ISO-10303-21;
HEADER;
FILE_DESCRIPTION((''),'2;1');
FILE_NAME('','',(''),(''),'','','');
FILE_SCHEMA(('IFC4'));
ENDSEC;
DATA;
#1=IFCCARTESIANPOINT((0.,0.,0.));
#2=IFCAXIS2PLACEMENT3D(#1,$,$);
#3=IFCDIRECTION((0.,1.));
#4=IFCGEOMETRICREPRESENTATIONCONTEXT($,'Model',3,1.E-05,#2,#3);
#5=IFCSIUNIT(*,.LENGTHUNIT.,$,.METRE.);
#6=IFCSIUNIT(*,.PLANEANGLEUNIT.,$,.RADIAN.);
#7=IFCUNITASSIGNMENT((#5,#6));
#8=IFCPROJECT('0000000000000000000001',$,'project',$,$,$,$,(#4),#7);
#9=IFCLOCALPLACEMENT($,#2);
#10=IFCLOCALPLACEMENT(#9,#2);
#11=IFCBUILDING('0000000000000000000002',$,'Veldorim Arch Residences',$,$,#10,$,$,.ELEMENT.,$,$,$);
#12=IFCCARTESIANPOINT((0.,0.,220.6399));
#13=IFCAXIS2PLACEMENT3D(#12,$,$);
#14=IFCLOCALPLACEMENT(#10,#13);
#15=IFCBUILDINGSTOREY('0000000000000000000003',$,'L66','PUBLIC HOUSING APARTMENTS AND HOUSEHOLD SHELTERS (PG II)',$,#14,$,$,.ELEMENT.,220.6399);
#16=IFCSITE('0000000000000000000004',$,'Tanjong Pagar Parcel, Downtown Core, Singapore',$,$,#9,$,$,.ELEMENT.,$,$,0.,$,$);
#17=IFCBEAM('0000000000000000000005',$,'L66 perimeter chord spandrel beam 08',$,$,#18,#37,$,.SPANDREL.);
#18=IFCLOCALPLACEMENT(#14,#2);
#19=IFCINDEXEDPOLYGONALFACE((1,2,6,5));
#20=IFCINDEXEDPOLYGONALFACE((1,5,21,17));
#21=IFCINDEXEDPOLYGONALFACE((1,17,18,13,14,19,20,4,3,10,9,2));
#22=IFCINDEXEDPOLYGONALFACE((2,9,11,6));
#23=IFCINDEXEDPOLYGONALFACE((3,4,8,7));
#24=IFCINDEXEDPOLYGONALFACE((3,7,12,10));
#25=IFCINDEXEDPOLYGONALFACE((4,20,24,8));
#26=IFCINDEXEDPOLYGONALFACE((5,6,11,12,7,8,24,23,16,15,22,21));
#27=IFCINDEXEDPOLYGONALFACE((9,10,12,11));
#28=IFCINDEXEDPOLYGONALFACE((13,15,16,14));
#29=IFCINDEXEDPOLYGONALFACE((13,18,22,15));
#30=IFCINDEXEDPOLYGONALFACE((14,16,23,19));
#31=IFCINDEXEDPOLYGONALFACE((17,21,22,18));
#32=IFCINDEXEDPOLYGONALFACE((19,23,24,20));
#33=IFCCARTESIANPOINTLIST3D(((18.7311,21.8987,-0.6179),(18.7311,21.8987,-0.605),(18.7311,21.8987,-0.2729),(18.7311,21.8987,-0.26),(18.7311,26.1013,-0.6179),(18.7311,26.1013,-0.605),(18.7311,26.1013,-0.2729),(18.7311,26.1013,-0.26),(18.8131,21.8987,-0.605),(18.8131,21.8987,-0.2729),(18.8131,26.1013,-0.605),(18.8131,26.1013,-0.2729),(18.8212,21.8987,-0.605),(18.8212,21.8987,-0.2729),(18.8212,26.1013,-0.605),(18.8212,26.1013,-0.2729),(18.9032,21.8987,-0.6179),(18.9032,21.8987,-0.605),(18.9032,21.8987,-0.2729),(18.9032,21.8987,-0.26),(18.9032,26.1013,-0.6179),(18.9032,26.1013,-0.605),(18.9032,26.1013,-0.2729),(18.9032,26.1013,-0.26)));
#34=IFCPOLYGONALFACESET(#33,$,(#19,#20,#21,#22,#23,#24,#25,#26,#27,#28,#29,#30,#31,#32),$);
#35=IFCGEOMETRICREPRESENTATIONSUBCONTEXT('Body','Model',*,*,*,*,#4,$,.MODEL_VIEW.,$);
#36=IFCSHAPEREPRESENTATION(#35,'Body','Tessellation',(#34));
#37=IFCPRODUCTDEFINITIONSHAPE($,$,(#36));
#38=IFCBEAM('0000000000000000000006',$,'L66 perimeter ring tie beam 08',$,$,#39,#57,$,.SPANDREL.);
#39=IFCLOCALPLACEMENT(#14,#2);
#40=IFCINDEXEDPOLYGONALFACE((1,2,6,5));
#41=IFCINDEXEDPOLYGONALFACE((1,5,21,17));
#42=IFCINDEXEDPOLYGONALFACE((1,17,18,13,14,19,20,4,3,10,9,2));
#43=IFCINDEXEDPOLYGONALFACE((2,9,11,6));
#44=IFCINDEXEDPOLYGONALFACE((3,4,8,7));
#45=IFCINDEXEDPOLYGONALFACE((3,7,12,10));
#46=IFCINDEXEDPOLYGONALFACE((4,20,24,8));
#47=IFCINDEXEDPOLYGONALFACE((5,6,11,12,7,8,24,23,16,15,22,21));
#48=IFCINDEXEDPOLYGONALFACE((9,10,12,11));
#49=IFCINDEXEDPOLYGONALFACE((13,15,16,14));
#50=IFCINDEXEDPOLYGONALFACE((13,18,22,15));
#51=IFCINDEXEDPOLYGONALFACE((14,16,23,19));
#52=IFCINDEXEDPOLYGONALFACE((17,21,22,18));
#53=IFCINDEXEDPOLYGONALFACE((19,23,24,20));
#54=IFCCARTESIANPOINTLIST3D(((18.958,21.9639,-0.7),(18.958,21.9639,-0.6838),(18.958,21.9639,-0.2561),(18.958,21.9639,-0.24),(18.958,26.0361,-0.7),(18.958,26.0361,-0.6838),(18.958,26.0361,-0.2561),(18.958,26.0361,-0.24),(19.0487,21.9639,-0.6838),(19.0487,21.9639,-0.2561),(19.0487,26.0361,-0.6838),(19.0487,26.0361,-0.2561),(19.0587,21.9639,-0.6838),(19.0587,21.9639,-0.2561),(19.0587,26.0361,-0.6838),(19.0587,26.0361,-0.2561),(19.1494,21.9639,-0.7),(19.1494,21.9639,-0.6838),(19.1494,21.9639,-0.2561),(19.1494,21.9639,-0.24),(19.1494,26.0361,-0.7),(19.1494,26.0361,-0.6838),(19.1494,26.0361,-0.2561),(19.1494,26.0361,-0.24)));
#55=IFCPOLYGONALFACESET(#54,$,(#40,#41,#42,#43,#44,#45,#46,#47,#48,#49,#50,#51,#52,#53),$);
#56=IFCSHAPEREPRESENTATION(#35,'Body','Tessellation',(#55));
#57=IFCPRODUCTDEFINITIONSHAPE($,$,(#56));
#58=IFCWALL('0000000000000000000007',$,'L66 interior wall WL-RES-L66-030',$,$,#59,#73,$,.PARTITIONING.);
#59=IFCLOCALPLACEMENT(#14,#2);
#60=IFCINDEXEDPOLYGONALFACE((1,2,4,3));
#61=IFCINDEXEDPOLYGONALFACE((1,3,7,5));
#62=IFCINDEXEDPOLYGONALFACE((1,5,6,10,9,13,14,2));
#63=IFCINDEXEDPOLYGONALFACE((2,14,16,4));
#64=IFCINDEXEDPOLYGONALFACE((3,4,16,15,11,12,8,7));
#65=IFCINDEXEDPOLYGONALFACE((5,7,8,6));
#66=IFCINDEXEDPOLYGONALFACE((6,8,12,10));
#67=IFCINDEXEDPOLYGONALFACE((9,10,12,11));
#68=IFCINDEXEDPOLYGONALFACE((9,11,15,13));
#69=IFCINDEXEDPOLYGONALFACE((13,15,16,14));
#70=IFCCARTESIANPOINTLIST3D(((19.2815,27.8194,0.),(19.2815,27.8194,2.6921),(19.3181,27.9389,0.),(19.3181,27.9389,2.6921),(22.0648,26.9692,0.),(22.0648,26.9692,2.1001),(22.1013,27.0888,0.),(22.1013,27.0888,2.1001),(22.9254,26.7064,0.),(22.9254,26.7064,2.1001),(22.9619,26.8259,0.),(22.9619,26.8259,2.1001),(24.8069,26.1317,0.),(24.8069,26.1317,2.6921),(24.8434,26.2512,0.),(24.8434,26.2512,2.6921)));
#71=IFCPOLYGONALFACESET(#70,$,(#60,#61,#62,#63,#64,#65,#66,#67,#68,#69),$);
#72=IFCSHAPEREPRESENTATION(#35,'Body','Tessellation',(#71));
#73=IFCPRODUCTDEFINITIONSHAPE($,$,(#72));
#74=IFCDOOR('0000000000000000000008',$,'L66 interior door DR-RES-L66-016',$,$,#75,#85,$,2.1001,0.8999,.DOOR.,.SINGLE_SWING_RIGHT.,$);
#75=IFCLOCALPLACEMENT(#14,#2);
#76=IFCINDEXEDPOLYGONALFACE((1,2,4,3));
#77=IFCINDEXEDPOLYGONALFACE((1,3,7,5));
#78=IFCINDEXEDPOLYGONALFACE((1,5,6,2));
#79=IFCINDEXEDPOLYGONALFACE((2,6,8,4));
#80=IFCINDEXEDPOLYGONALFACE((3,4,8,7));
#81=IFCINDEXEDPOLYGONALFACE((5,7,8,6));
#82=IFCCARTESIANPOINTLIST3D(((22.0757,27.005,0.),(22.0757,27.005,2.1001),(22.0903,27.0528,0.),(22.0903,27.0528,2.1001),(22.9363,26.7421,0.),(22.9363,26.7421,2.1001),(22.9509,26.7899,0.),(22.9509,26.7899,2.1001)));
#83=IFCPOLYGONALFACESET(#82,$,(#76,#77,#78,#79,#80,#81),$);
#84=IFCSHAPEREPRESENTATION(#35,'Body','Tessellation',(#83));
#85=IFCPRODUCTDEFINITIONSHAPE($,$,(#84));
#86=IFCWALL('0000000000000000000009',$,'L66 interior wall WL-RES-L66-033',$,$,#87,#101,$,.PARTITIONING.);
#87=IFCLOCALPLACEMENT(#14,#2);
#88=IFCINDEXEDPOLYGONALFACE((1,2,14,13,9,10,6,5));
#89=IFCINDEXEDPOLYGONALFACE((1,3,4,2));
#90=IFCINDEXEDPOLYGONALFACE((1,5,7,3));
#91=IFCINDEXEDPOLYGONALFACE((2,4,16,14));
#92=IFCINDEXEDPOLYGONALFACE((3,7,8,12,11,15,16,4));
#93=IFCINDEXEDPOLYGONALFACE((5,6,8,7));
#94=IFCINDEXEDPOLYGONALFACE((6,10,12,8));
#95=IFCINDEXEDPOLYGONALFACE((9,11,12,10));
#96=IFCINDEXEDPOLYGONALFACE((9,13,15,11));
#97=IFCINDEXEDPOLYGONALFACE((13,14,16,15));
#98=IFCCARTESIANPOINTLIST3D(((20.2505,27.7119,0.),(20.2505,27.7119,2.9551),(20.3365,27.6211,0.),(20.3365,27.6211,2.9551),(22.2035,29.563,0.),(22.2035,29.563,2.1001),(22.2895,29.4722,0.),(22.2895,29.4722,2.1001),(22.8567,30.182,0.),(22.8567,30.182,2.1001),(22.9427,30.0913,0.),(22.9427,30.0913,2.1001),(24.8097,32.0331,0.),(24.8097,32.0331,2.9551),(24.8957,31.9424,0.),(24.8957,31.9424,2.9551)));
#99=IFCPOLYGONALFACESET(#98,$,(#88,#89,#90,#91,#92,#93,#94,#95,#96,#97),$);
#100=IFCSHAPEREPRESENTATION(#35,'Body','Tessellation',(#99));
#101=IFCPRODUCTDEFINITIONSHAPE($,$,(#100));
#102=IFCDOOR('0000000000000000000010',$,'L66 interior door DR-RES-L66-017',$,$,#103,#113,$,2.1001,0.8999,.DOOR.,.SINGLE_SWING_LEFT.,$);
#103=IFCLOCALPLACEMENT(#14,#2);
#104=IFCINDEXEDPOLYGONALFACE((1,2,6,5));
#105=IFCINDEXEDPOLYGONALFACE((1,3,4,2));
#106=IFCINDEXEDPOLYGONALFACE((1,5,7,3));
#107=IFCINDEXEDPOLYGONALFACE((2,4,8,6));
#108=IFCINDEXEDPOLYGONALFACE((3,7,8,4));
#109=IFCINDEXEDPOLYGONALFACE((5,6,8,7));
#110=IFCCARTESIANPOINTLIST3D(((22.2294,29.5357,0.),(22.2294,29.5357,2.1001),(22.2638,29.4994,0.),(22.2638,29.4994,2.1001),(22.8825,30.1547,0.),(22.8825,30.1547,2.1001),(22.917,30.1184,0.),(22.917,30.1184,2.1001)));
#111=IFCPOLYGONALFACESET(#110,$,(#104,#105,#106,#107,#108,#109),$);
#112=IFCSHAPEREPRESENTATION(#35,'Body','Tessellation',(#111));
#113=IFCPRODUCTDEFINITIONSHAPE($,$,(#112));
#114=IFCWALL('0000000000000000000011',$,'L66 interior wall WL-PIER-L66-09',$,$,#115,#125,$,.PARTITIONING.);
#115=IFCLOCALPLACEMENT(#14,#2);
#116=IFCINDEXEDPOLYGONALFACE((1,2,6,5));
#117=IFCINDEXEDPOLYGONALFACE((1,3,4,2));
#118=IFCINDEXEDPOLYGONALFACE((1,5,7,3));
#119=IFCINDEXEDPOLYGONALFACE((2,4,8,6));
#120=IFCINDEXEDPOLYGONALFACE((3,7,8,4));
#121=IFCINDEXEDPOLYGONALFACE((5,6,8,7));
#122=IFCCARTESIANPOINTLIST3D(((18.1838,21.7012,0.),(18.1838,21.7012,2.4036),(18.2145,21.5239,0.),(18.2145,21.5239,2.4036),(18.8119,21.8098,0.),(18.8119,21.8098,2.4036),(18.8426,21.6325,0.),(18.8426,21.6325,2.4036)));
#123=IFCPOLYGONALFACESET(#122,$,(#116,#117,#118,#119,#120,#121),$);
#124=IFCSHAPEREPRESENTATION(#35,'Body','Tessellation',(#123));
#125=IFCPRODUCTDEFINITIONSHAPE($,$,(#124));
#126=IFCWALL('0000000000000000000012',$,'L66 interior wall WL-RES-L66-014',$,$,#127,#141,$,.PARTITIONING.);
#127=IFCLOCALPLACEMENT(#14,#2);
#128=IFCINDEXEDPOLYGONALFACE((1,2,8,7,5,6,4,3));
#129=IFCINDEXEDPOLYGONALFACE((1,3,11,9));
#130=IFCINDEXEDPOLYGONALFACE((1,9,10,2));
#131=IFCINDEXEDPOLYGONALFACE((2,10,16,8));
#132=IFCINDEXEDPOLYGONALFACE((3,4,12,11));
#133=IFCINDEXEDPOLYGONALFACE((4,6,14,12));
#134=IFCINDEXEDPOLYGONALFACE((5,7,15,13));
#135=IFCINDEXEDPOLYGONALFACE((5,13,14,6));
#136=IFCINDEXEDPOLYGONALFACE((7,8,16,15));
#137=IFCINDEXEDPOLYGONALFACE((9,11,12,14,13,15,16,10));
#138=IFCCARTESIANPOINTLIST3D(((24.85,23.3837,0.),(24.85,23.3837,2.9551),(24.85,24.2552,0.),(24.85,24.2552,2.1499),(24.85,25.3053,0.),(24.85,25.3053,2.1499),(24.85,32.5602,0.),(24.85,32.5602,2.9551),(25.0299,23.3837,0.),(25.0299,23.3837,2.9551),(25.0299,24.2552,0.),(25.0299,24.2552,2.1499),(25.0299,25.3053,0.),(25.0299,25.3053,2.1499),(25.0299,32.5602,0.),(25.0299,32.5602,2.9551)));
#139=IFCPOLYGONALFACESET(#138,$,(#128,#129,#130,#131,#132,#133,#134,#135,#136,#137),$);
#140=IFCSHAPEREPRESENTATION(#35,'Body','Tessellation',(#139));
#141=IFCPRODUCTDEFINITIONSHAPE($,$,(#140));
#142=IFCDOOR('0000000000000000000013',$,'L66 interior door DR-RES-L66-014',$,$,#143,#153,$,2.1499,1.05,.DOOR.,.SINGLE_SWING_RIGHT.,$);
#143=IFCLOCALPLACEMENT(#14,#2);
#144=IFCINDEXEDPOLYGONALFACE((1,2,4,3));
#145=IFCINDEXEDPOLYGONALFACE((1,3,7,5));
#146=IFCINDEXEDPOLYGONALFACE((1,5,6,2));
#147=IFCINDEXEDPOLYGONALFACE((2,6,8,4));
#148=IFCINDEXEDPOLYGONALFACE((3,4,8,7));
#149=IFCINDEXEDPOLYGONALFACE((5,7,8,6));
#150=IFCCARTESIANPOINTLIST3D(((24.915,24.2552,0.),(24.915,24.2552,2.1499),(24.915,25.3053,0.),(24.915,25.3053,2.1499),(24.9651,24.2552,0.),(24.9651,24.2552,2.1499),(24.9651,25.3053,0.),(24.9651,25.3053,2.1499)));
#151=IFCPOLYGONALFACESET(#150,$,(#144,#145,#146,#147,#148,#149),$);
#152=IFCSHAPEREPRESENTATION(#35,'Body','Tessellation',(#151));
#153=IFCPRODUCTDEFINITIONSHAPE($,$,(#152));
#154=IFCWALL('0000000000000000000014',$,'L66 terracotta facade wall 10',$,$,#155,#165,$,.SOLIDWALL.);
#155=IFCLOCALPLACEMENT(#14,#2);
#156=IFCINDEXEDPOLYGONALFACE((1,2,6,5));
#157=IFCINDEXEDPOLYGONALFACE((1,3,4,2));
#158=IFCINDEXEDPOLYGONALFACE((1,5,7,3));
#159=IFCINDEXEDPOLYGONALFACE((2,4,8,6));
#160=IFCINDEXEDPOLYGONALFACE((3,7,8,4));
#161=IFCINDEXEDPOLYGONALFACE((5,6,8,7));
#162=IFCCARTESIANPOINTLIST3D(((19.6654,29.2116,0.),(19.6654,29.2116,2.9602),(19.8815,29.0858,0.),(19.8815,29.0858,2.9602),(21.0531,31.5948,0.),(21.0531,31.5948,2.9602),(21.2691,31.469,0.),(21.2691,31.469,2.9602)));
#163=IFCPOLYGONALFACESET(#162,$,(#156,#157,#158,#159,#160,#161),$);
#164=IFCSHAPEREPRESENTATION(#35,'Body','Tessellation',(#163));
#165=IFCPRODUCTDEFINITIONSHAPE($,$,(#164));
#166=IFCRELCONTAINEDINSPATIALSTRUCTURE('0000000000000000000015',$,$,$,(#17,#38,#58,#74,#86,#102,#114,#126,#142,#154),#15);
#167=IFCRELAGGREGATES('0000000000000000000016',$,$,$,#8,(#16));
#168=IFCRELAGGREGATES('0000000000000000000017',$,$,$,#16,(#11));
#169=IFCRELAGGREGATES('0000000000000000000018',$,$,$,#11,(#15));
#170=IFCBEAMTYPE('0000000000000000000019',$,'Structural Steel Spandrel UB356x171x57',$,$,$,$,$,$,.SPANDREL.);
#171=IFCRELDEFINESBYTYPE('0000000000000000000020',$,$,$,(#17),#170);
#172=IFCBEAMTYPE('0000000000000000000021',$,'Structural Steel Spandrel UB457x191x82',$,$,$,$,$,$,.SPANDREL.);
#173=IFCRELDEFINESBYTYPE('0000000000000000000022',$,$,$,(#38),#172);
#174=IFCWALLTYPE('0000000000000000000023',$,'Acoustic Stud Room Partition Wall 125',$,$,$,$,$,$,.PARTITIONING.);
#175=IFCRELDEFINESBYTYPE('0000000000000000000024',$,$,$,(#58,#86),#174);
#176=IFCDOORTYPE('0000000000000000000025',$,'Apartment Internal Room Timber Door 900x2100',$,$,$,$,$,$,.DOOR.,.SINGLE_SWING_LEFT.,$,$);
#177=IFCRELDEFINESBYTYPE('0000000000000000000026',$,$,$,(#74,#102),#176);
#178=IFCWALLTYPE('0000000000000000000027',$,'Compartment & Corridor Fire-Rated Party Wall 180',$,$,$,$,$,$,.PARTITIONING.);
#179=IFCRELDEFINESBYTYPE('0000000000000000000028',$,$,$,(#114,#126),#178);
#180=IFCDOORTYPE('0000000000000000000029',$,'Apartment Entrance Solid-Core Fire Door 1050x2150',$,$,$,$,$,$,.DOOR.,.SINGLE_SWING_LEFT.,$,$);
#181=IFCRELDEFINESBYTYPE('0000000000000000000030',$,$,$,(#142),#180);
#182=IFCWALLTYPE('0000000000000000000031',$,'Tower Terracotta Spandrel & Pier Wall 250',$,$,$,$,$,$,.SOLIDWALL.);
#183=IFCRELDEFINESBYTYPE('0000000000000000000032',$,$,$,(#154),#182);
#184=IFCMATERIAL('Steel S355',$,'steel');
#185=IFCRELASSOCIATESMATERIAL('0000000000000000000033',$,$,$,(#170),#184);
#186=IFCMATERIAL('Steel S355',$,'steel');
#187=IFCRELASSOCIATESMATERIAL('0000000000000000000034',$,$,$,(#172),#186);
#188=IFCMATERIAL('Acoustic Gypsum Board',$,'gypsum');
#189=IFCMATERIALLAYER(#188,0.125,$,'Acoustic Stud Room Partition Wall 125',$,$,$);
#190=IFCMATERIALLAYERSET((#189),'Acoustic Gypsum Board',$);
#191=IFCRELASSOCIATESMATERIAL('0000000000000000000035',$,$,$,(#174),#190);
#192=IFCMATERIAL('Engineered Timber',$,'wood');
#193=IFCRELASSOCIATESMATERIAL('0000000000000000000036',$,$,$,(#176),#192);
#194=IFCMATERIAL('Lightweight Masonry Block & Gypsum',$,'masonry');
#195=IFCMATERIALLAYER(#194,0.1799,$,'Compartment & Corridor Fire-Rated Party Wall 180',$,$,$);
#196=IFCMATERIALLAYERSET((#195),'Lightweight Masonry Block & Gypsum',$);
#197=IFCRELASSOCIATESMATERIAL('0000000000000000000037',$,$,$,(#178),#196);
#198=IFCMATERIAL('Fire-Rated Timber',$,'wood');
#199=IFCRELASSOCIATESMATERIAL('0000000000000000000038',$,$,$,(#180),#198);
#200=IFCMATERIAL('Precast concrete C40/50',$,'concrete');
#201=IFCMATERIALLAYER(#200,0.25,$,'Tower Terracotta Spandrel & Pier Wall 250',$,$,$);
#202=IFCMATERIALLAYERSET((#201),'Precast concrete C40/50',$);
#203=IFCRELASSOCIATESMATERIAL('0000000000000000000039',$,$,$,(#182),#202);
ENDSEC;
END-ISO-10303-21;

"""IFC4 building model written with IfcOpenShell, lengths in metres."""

from ifc_helpers import new_model, si_unit, direction, frame, frame_2d, origin, origin_2d, place, context, subcontext, project, spatial, rectangle, i_section, extrude, material, layer, layer_set, material_profile, profile_set, type_object, element, fill, save


model = new_model("IFC4")

# Units and contexts
model_context = context("Model", 3, precision=1e-05, world=origin(), true_north=direction((0.0, 1.0)))
body_context = subcontext(model_context, "Body", "Model", "MODEL_VIEW")
ifc_project = project(units=[si_unit("LENGTHUNIT", "METRE"), si_unit("PLANEANGLEUNIT", "RADIAN")], contexts=[model_context])

# Site, building, storey
site_placement = place(None, origin())
site = spatial("IfcSite", under=ifc_project, at=site_placement, Name="Tanjong Pagar Parcel, Downtown Core, Singapore", CompositionType="ELEMENT", RefElevation=0.0)
building_placement = place(site_placement, origin())
building = spatial("IfcBuilding", under=site, at=building_placement, Name="Veldorim Arch Residences", CompositionType="ELEMENT")
storey_placement = place(building_placement, frame((0.0, 0.0, 220.6399)))
storey = spatial("IfcBuildingStorey", under=building, at=storey_placement, Name="L66", Description="PUBLIC HOUSING APARTMENTS AND HOUSEHOLD SHELTERS (PG II)", CompositionType="ELEMENT", Elevation=220.6399)

# Beams
ifc_material_1 = material(Name="Steel S355", Category="steel")
ifc_material_profile_1 = material_profile(ifc_material_1, i_section(OverallWidth=0.1721, OverallDepth=0.3579, WebThickness=0.0081, FlangeThickness=0.0129, at=origin_2d()), Name="UB356x171x57")
ifc_profile_set_1 = profile_set([ifc_material_profile_1], Name="Steel S355")
beam_type_1 = type_object("IfcBeamType", Name="Structural Steel Spandrel UB356x171x57", PredefinedType="SPANDREL", material=ifc_profile_set_1)
beam_1_placement = place(storey_placement, frame((18.8171, 26.1013, -0.439), z_axis=(0.0, -1.0, 0.0), x_axis=(1.0, 0.0, 0.0)))
element("IfcBeam", 1, at=beam_1_placement, inside=storey, type_object=beam_type_1, Name="L66 perimeter chord spandrel beam 08", PredefinedType="SPANDREL", context=body_context, shape_type="SweptSolid", body=[
    extrude(i_section(OverallWidth=0.1721, OverallDepth=0.3579, WebThickness=0.0081, FlangeThickness=0.0129, at=origin_2d()), origin(), (0.0, 0.0, 1.0), 4.2026),
])
ifc_material_2 = material(Name="Steel S355", Category="steel")
ifc_material_profile_2 = material_profile(ifc_material_2, i_section(OverallWidth=0.1914, OverallDepth=0.46, WebThickness=0.01, FlangeThickness=0.0161, at=origin_2d()), Name="UB457x191x82")
ifc_profile_set_2 = profile_set([ifc_material_profile_2], Name="Steel S355")
beam_type_2 = type_object("IfcBeamType", Name="Structural Steel Spandrel UB457x191x82", PredefinedType="SPANDREL", material=ifc_profile_set_2)
beam_2_placement = place(storey_placement, frame((19.0537, 26.0361, -0.47), z_axis=(0.0, -1.0, 0.0), x_axis=(1.0, 0.0, 0.0)))
element("IfcBeam", 2, at=beam_2_placement, inside=storey, type_object=beam_type_2, Name="L66 perimeter ring tie beam 08", PredefinedType="SPANDREL", context=body_context, shape_type="SweptSolid", body=[
    extrude(i_section(OverallWidth=0.1914, OverallDepth=0.46, WebThickness=0.01, FlangeThickness=0.0161, at=origin_2d()), origin(), (0.0, 0.0, 1.0), 4.0723),
])

# Walls, openings, doors
ifc_material_3 = material(Name="Acoustic Gypsum Board", Category="gypsum")
ifc_layer_1 = layer(ifc_material_3, 0.125, Name="Acoustic Stud Room Partition Wall 125")
ifc_layer_set_1 = layer_set([ifc_layer_1], Name="Acoustic Gypsum Board")
wall_type_1 = type_object("IfcWallType", Name="Acoustic Stud Room Partition Wall 125", PredefinedType="PARTITIONING", material=ifc_layer_set_1)
wall_1_placement = place(storey_placement, frame((19.2998, 27.8792, 0.0), z_axis=(0.0, 0.0, 1.0), x_axis=(0.956379, -0.292128, 0.0)))
wall_1 = element("IfcWall", 3, at=wall_1_placement, inside=storey, type_object=wall_type_1, Name="L66 interior wall WL-RES-L66-030", PredefinedType="PARTITIONING", context=body_context, shape_type="SweptSolid", body=[
    extrude(rectangle(XDim=5.7773, YDim=0.125, at=frame_2d((2.8887, 0.0))), origin(), (0.0, 0.0, 1.0), 2.6921),
])
opening_1_placement = place(wall_1_placement, frame((2.9102, 0.0, 0.0)))
opening_1 = element("IfcOpeningElement", 4, at=opening_1_placement, cuts=wall_1, PredefinedType="OPENING", context=body_context, shape_type="SweptSolid", body=[
    extrude(rectangle(XDim=0.8999, YDim=2.1001, at=frame_2d((0.45, 1.05))), frame((0.0, 0.0725, 0.0), z_axis=(0.0, -1.0, 0.0), x_axis=(1.0, 0.0, 0.0)), (0.0, 0.0, 1.0), 0.145),
])
ifc_material_4 = material(Name="Engineered Timber", Category="wood")
door_type_1 = type_object("IfcDoorType", Name="Apartment Internal Room Timber Door 900x2100", OperationType="SINGLE_SWING_LEFT", PredefinedType="DOOR", material=ifc_material_4)
door_1_placement = place(opening_1_placement, origin())
door_1 = element("IfcDoor", 5, at=door_1_placement, inside=storey, type_object=door_type_1, Name="L66 interior door DR-RES-L66-016", OperationType="SINGLE_SWING_RIGHT", OverallHeight=2.1001, OverallWidth=0.8999, PredefinedType="DOOR", context=body_context, shape_type="SweptSolid", body=[
    extrude(rectangle(XDim=0.8999, YDim=2.1001, at=frame_2d((0.45, 1.05))), frame((0.0, 0.0249, 0.0), z_axis=(0.0, -1.0, 0.0), x_axis=(1.0, 0.0, 0.0)), (0.0, 0.0, 1.0), 0.05),
])
fill(opening_1, door_1)
wall_2_placement = place(storey_placement, frame((20.2935, 27.6665, 0.0), z_axis=(0.0, 0.0, 1.0), x_axis=(0.725799, 0.687906, 0.0)))
wall_2 = element("IfcWall", 6, at=wall_2_placement, inside=storey, type_object=wall_type_1, Name="L66 interior wall WL-RES-L66-033", PredefinedType="PARTITIONING", context=body_context, shape_type="SweptSolid", body=[
    extrude(rectangle(XDim=6.2817, YDim=0.125, at=frame_2d((3.1409, 0.0))), origin(), (0.0, 0.0, 1.0), 2.9551),
])
opening_2_placement = place(wall_2_placement, frame((2.6909, 0.0, 0.0)))
opening_2 = element("IfcOpeningElement", 7, at=opening_2_placement, cuts=wall_2, PredefinedType="OPENING", context=body_context, shape_type="SweptSolid", body=[
    extrude(rectangle(XDim=0.8999, YDim=2.1001, at=frame_2d((0.45, 1.05))), frame((0.0, 0.0725, 0.0), z_axis=(0.0, -1.0, 0.0), x_axis=(1.0, 0.0, 0.0)), (0.0, 0.0, 1.0), 0.145),
])
door_2_placement = place(opening_2_placement, origin())
door_2 = element("IfcDoor", 8, at=door_2_placement, inside=storey, type_object=door_type_1, Name="L66 interior door DR-RES-L66-017", OperationType="SINGLE_SWING_LEFT", OverallHeight=2.1001, OverallWidth=0.8999, PredefinedType="DOOR", context=body_context, shape_type="SweptSolid", body=[
    extrude(rectangle(XDim=0.8999, YDim=2.1001, at=frame_2d((0.45, 1.05))), frame((0.0, 0.0249, 0.0), z_axis=(0.0, -1.0, 0.0), x_axis=(1.0, 0.0, 0.0)), (0.0, 0.0, 1.0), 0.05),
])
fill(opening_2, door_2)

# Wall
ifc_material_5 = material(Name="Lightweight Masonry Block & Gypsum", Category="masonry")
ifc_layer_2 = layer(ifc_material_5, 0.1799, Name="Compartment & Corridor Fire-Rated Party Wall 180")
ifc_layer_set_2 = layer_set([ifc_layer_2], Name="Lightweight Masonry Block & Gypsum")
wall_type_2 = type_object("IfcWallType", Name="Compartment & Corridor Fire-Rated Party Wall 180", PredefinedType="PARTITIONING", material=ifc_layer_set_2)
wall_3_placement = place(storey_placement, frame((18.8274, 21.7212, 0.0), z_axis=(0.0, 0.0, 1.0), x_axis=(-0.985372, -0.17042, 0.0)))
element("IfcWall", 9, at=wall_3_placement, inside=storey, type_object=wall_type_2, Name="L66 interior wall WL-PIER-L66-09", PredefinedType="PARTITIONING", context=body_context, shape_type="SweptSolid", body=[
    extrude(rectangle(XDim=0.6375, YDim=0.1799, at=frame_2d((0.3188, 0.0))), origin(), (0.0, 0.0, 1.0), 2.4036),
])

# Wall, opening, door
wall_4_placement = place(storey_placement, frame((24.9399, 23.3835, 0.0), z_axis=(0.0, 0.0, 1.0), x_axis=(0.0, 1.0, 0.0)))
wall_4 = element("IfcWall", 10, at=wall_4_placement, inside=storey, type_object=wall_type_2, Name="L66 interior wall WL-RES-L66-014", PredefinedType="PARTITIONING", context=body_context, shape_type="SweptSolid", body=[
    extrude(rectangle(XDim=9.1765, YDim=0.1799, at=frame_2d((4.5884, 0.0))), origin(), (0.0, 0.0, 1.0), 2.9551),
])
opening_3_placement = place(wall_4_placement, frame((0.8718, 0.0, 0.0)))
opening_3 = element("IfcOpeningElement", 11, at=opening_3_placement, cuts=wall_4, PredefinedType="OPENING", context=body_context, shape_type="SweptSolid", body=[
    extrude(rectangle(XDim=1.05, YDim=2.1499, at=frame_2d((0.5249, 1.075))), frame((0.0, 0.0999, 0.0), z_axis=(0.0, -1.0, 0.0), x_axis=(1.0, 0.0, 0.0)), (0.0, 0.0, 1.0), 0.2),
])
ifc_material_6 = material(Name="Fire-Rated Timber", Category="wood")
door_type_2 = type_object("IfcDoorType", Name="Apartment Entrance Solid-Core Fire Door 1050x2150", OperationType="SINGLE_SWING_LEFT", PredefinedType="DOOR", material=ifc_material_6)
door_3_placement = place(opening_3_placement, origin())
door_3 = element("IfcDoor", 12, at=door_3_placement, inside=storey, type_object=door_type_2, Name="L66 interior door DR-RES-L66-014", OperationType="SINGLE_SWING_RIGHT", OverallHeight=2.1499, OverallWidth=1.05, PredefinedType="DOOR", context=body_context, shape_type="SweptSolid", body=[
    extrude(rectangle(XDim=1.05, YDim=2.1499, at=frame_2d((0.5249, 1.075))), frame((0.0, 0.0249, 0.0), z_axis=(0.0, -1.0, 0.0), x_axis=(1.0, 0.0, 0.0)), (0.0, 0.0, 1.0), 0.05),
])
fill(opening_3, door_3)

# Wall
ifc_material_7 = material(Name="Precast concrete C40/50", Category="concrete")
ifc_layer_3 = layer(ifc_material_7, 0.25, Name="Tower Terracotta Spandrel & Pier Wall 250")
ifc_layer_set_3 = layer_set([ifc_layer_3], Name="Precast concrete C40/50")
wall_type_3 = type_object("IfcWallType", Name="Tower Terracotta Spandrel & Pier Wall 250", PredefinedType="SOLIDWALL", material=ifc_layer_set_3)
wall_5_placement = place(storey_placement, frame((19.7734, 29.1487, 0.0), z_axis=(0.0, 0.0, 1.0), x_axis=(0.503177, 0.864183, 0.0)))
element("IfcWall", 13, at=wall_5_placement, inside=storey, type_object=wall_type_3, Name="L66 terracotta facade wall 10", PredefinedType="SOLIDWALL", context=body_context, shape_type="SweptSolid", body=[
    extrude(rectangle(XDim=2.7578, YDim=0.25, at=frame_2d((1.3789, 0.0))), origin(), (0.0, 0.0, 1.0), 2.9602),
])

save(model, "model.ifc")
